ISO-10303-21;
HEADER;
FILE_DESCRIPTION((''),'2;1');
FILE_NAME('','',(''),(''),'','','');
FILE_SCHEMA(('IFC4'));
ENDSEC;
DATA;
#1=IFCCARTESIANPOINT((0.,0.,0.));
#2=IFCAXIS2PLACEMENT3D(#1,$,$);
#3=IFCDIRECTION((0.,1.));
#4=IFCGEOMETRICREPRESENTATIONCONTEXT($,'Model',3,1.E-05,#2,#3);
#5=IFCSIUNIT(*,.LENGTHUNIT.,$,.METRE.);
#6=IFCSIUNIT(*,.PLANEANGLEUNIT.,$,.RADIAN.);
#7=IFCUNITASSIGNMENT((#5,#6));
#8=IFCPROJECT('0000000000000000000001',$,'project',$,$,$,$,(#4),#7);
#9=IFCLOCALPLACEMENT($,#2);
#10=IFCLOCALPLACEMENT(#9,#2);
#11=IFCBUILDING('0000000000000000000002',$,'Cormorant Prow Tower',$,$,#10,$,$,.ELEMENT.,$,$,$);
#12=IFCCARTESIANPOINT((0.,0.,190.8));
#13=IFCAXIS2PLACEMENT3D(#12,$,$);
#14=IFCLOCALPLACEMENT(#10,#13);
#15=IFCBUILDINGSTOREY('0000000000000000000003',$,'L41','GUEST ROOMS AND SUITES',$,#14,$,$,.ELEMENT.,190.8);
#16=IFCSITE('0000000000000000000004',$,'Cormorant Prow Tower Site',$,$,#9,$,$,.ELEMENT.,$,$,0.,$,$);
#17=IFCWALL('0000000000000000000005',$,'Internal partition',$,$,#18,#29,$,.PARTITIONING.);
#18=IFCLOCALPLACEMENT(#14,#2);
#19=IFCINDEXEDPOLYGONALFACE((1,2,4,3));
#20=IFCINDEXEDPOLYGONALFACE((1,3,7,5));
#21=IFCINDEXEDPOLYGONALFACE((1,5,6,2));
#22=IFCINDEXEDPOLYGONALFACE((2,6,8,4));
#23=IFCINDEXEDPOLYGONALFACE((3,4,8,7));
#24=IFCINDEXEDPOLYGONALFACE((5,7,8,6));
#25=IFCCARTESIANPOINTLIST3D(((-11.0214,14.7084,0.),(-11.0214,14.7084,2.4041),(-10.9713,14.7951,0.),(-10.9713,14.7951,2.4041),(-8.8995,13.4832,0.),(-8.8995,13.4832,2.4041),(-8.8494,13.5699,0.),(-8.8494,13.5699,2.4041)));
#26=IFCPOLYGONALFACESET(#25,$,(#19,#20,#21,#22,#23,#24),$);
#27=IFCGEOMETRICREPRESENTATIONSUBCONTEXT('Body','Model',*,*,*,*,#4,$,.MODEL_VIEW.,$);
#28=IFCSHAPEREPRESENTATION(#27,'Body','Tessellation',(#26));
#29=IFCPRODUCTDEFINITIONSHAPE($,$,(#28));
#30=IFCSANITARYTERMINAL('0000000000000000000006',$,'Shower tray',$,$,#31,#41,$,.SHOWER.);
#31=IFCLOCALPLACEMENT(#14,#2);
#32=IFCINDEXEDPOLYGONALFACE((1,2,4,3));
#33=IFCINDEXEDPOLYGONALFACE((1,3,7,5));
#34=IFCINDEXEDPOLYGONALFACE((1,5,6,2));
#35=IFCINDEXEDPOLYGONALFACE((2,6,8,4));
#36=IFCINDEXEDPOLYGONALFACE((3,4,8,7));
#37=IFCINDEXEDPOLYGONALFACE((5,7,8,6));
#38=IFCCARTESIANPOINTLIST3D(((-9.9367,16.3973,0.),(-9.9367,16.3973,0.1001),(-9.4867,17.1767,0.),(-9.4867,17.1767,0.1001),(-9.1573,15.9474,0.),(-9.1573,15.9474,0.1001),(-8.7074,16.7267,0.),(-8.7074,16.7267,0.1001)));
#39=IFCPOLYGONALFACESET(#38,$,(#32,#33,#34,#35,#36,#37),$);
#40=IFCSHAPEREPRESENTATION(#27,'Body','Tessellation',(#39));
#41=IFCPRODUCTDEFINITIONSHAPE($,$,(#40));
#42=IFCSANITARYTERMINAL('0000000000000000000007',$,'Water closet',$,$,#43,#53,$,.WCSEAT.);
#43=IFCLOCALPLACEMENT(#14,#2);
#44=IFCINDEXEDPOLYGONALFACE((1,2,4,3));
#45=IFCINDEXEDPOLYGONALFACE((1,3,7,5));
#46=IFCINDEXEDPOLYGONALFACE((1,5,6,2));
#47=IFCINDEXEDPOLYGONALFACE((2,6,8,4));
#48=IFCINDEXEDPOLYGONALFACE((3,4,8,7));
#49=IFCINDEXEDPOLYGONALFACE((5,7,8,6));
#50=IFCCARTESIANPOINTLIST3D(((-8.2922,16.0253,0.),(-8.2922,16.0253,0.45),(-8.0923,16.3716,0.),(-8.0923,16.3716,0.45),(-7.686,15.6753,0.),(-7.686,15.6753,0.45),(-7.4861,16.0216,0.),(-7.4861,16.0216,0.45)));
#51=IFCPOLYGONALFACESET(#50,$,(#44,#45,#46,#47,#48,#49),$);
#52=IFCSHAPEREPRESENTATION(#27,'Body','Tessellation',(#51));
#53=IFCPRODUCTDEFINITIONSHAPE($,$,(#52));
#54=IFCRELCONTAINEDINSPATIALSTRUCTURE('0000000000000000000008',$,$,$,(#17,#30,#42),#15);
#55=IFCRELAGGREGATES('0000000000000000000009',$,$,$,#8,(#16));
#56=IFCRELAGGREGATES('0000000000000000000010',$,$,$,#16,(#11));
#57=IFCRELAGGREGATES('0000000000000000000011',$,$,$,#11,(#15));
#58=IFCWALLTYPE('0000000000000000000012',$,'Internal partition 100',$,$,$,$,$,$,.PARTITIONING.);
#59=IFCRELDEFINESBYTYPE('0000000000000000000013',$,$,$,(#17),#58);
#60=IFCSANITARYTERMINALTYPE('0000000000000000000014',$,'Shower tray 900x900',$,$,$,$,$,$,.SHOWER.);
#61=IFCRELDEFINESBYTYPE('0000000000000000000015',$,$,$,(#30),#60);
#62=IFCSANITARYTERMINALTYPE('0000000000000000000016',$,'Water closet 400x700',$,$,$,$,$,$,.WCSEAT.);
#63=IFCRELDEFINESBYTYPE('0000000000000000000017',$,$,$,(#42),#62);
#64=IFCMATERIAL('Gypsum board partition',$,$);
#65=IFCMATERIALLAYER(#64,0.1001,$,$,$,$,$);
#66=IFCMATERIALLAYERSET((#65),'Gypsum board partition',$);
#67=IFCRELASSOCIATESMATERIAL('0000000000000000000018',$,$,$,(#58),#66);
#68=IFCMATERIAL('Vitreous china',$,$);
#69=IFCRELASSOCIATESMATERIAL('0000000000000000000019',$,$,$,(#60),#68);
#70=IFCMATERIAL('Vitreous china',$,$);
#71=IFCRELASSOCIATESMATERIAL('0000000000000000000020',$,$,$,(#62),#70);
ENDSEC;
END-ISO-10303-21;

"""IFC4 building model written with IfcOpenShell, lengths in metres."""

from ifc_helpers import new_model, si_unit, direction, frame, frame_2d, origin, origin_2d, place, context, subcontext, project, spatial, rectangle, extrude, material, layer, layer_set, type_object, element, save


model = new_model("IFC4")

# Units and contexts
model_context = context("Model", 3, precision=1e-05, world=origin(), true_north=direction((0.0, 1.0)))
body_context = subcontext(model_context, "Body", "Model", "MODEL_VIEW")
ifc_project = project(units=[si_unit("LENGTHUNIT", "METRE"), si_unit("PLANEANGLEUNIT", "RADIAN")], contexts=[model_context])

# Site, building, storey
site_placement = place(None, origin())
site = spatial("IfcSite", under=ifc_project, at=site_placement, Name="Cormorant Prow Tower Site", CompositionType="ELEMENT", RefElevation=0.0)
building_placement = place(site_placement, origin())
building = spatial("IfcBuilding", under=site, at=building_placement, Name="Cormorant Prow Tower", CompositionType="ELEMENT")
storey_placement = place(building_placement, frame((0.0, 0.0, 190.8)))
storey = spatial("IfcBuildingStorey", under=building, at=storey_placement, Name="L41", Description="GUEST ROOMS AND SUITES", CompositionType="ELEMENT", Elevation=190.8)

# Shared definitions
ifc_material_1 = material(Name="Gypsum board partition")
ifc_layer_1 = layer(ifc_material_1, 0.1001)
ifc_layer_set_1 = layer_set([ifc_layer_1], Name="Gypsum board partition")
wall_type_1 = type_object("IfcWallType", Name="Internal partition 100", PredefinedType="PARTITIONING", material=ifc_layer_set_1)

# Wall
wall_1_placement = place(storey_placement, frame((-10.9963, 14.7517, 0.0), z_axis=(0.0, 0.0, 1.0), x_axis=(0.866015, -0.500019, 0.0)))
element("IfcWall", 1, at=wall_1_placement, inside=storey, type_object=wall_type_1, Name="Internal partition", PredefinedType="PARTITIONING", context=body_context, shape_type="SweptSolid", body=[
    extrude(rectangle(XDim=2.4502, YDim=0.1001, at=frame_2d((1.2251, 0.0))), origin(), (0.0, 0.0, 1.0), 2.4041),
])

# Sanitary terminals
ifc_material_2 = material(Name="Vitreous china")
sanitary_terminal_type_1 = type_object("IfcSanitaryTerminalType", Name="Shower tray 900x900", PredefinedType="SHOWER", material=ifc_material_2)
sanitary_terminal_1_placement = place(storey_placement, frame((-9.322, 16.562, 0.0), z_axis=(0.0, 0.0, 1.0), x_axis=(0.866025, -0.5, 0.0)))
element("IfcSanitaryTerminal", 2, at=sanitary_terminal_1_placement, inside=storey, type_object=sanitary_terminal_type_1, Name="Shower tray", PredefinedType="SHOWER", context=body_context, shape_type="SweptSolid", body=[
    extrude(rectangle(XDim=0.8999, YDim=0.8999, at=origin_2d()), origin(), (0.0, 0.0, 1.0), 0.1001),
])
ifc_material_3 = material(Name="Vitreous china")
sanitary_terminal_type_2 = type_object("IfcSanitaryTerminalType", Name="Water closet 400x700", PredefinedType="WCSEAT", material=ifc_material_3)
sanitary_terminal_2_placement = place(storey_placement, frame((-7.8892, 16.0234, 0.0), z_axis=(0.0, 0.0, 1.0), x_axis=(-0.5, -0.866025, 0.0)))
element("IfcSanitaryTerminal", 3, at=sanitary_terminal_2_placement, inside=storey, type_object=sanitary_terminal_type_2, Name="Water closet", PredefinedType="WCSEAT", context=body_context, shape_type="SweptSolid", body=[
    extrude(rectangle(XDim=0.3999, YDim=0.7, at=origin_2d()), origin(), (0.0, 0.0, 1.0), 0.45),
])

save(model, "model.ifc")
